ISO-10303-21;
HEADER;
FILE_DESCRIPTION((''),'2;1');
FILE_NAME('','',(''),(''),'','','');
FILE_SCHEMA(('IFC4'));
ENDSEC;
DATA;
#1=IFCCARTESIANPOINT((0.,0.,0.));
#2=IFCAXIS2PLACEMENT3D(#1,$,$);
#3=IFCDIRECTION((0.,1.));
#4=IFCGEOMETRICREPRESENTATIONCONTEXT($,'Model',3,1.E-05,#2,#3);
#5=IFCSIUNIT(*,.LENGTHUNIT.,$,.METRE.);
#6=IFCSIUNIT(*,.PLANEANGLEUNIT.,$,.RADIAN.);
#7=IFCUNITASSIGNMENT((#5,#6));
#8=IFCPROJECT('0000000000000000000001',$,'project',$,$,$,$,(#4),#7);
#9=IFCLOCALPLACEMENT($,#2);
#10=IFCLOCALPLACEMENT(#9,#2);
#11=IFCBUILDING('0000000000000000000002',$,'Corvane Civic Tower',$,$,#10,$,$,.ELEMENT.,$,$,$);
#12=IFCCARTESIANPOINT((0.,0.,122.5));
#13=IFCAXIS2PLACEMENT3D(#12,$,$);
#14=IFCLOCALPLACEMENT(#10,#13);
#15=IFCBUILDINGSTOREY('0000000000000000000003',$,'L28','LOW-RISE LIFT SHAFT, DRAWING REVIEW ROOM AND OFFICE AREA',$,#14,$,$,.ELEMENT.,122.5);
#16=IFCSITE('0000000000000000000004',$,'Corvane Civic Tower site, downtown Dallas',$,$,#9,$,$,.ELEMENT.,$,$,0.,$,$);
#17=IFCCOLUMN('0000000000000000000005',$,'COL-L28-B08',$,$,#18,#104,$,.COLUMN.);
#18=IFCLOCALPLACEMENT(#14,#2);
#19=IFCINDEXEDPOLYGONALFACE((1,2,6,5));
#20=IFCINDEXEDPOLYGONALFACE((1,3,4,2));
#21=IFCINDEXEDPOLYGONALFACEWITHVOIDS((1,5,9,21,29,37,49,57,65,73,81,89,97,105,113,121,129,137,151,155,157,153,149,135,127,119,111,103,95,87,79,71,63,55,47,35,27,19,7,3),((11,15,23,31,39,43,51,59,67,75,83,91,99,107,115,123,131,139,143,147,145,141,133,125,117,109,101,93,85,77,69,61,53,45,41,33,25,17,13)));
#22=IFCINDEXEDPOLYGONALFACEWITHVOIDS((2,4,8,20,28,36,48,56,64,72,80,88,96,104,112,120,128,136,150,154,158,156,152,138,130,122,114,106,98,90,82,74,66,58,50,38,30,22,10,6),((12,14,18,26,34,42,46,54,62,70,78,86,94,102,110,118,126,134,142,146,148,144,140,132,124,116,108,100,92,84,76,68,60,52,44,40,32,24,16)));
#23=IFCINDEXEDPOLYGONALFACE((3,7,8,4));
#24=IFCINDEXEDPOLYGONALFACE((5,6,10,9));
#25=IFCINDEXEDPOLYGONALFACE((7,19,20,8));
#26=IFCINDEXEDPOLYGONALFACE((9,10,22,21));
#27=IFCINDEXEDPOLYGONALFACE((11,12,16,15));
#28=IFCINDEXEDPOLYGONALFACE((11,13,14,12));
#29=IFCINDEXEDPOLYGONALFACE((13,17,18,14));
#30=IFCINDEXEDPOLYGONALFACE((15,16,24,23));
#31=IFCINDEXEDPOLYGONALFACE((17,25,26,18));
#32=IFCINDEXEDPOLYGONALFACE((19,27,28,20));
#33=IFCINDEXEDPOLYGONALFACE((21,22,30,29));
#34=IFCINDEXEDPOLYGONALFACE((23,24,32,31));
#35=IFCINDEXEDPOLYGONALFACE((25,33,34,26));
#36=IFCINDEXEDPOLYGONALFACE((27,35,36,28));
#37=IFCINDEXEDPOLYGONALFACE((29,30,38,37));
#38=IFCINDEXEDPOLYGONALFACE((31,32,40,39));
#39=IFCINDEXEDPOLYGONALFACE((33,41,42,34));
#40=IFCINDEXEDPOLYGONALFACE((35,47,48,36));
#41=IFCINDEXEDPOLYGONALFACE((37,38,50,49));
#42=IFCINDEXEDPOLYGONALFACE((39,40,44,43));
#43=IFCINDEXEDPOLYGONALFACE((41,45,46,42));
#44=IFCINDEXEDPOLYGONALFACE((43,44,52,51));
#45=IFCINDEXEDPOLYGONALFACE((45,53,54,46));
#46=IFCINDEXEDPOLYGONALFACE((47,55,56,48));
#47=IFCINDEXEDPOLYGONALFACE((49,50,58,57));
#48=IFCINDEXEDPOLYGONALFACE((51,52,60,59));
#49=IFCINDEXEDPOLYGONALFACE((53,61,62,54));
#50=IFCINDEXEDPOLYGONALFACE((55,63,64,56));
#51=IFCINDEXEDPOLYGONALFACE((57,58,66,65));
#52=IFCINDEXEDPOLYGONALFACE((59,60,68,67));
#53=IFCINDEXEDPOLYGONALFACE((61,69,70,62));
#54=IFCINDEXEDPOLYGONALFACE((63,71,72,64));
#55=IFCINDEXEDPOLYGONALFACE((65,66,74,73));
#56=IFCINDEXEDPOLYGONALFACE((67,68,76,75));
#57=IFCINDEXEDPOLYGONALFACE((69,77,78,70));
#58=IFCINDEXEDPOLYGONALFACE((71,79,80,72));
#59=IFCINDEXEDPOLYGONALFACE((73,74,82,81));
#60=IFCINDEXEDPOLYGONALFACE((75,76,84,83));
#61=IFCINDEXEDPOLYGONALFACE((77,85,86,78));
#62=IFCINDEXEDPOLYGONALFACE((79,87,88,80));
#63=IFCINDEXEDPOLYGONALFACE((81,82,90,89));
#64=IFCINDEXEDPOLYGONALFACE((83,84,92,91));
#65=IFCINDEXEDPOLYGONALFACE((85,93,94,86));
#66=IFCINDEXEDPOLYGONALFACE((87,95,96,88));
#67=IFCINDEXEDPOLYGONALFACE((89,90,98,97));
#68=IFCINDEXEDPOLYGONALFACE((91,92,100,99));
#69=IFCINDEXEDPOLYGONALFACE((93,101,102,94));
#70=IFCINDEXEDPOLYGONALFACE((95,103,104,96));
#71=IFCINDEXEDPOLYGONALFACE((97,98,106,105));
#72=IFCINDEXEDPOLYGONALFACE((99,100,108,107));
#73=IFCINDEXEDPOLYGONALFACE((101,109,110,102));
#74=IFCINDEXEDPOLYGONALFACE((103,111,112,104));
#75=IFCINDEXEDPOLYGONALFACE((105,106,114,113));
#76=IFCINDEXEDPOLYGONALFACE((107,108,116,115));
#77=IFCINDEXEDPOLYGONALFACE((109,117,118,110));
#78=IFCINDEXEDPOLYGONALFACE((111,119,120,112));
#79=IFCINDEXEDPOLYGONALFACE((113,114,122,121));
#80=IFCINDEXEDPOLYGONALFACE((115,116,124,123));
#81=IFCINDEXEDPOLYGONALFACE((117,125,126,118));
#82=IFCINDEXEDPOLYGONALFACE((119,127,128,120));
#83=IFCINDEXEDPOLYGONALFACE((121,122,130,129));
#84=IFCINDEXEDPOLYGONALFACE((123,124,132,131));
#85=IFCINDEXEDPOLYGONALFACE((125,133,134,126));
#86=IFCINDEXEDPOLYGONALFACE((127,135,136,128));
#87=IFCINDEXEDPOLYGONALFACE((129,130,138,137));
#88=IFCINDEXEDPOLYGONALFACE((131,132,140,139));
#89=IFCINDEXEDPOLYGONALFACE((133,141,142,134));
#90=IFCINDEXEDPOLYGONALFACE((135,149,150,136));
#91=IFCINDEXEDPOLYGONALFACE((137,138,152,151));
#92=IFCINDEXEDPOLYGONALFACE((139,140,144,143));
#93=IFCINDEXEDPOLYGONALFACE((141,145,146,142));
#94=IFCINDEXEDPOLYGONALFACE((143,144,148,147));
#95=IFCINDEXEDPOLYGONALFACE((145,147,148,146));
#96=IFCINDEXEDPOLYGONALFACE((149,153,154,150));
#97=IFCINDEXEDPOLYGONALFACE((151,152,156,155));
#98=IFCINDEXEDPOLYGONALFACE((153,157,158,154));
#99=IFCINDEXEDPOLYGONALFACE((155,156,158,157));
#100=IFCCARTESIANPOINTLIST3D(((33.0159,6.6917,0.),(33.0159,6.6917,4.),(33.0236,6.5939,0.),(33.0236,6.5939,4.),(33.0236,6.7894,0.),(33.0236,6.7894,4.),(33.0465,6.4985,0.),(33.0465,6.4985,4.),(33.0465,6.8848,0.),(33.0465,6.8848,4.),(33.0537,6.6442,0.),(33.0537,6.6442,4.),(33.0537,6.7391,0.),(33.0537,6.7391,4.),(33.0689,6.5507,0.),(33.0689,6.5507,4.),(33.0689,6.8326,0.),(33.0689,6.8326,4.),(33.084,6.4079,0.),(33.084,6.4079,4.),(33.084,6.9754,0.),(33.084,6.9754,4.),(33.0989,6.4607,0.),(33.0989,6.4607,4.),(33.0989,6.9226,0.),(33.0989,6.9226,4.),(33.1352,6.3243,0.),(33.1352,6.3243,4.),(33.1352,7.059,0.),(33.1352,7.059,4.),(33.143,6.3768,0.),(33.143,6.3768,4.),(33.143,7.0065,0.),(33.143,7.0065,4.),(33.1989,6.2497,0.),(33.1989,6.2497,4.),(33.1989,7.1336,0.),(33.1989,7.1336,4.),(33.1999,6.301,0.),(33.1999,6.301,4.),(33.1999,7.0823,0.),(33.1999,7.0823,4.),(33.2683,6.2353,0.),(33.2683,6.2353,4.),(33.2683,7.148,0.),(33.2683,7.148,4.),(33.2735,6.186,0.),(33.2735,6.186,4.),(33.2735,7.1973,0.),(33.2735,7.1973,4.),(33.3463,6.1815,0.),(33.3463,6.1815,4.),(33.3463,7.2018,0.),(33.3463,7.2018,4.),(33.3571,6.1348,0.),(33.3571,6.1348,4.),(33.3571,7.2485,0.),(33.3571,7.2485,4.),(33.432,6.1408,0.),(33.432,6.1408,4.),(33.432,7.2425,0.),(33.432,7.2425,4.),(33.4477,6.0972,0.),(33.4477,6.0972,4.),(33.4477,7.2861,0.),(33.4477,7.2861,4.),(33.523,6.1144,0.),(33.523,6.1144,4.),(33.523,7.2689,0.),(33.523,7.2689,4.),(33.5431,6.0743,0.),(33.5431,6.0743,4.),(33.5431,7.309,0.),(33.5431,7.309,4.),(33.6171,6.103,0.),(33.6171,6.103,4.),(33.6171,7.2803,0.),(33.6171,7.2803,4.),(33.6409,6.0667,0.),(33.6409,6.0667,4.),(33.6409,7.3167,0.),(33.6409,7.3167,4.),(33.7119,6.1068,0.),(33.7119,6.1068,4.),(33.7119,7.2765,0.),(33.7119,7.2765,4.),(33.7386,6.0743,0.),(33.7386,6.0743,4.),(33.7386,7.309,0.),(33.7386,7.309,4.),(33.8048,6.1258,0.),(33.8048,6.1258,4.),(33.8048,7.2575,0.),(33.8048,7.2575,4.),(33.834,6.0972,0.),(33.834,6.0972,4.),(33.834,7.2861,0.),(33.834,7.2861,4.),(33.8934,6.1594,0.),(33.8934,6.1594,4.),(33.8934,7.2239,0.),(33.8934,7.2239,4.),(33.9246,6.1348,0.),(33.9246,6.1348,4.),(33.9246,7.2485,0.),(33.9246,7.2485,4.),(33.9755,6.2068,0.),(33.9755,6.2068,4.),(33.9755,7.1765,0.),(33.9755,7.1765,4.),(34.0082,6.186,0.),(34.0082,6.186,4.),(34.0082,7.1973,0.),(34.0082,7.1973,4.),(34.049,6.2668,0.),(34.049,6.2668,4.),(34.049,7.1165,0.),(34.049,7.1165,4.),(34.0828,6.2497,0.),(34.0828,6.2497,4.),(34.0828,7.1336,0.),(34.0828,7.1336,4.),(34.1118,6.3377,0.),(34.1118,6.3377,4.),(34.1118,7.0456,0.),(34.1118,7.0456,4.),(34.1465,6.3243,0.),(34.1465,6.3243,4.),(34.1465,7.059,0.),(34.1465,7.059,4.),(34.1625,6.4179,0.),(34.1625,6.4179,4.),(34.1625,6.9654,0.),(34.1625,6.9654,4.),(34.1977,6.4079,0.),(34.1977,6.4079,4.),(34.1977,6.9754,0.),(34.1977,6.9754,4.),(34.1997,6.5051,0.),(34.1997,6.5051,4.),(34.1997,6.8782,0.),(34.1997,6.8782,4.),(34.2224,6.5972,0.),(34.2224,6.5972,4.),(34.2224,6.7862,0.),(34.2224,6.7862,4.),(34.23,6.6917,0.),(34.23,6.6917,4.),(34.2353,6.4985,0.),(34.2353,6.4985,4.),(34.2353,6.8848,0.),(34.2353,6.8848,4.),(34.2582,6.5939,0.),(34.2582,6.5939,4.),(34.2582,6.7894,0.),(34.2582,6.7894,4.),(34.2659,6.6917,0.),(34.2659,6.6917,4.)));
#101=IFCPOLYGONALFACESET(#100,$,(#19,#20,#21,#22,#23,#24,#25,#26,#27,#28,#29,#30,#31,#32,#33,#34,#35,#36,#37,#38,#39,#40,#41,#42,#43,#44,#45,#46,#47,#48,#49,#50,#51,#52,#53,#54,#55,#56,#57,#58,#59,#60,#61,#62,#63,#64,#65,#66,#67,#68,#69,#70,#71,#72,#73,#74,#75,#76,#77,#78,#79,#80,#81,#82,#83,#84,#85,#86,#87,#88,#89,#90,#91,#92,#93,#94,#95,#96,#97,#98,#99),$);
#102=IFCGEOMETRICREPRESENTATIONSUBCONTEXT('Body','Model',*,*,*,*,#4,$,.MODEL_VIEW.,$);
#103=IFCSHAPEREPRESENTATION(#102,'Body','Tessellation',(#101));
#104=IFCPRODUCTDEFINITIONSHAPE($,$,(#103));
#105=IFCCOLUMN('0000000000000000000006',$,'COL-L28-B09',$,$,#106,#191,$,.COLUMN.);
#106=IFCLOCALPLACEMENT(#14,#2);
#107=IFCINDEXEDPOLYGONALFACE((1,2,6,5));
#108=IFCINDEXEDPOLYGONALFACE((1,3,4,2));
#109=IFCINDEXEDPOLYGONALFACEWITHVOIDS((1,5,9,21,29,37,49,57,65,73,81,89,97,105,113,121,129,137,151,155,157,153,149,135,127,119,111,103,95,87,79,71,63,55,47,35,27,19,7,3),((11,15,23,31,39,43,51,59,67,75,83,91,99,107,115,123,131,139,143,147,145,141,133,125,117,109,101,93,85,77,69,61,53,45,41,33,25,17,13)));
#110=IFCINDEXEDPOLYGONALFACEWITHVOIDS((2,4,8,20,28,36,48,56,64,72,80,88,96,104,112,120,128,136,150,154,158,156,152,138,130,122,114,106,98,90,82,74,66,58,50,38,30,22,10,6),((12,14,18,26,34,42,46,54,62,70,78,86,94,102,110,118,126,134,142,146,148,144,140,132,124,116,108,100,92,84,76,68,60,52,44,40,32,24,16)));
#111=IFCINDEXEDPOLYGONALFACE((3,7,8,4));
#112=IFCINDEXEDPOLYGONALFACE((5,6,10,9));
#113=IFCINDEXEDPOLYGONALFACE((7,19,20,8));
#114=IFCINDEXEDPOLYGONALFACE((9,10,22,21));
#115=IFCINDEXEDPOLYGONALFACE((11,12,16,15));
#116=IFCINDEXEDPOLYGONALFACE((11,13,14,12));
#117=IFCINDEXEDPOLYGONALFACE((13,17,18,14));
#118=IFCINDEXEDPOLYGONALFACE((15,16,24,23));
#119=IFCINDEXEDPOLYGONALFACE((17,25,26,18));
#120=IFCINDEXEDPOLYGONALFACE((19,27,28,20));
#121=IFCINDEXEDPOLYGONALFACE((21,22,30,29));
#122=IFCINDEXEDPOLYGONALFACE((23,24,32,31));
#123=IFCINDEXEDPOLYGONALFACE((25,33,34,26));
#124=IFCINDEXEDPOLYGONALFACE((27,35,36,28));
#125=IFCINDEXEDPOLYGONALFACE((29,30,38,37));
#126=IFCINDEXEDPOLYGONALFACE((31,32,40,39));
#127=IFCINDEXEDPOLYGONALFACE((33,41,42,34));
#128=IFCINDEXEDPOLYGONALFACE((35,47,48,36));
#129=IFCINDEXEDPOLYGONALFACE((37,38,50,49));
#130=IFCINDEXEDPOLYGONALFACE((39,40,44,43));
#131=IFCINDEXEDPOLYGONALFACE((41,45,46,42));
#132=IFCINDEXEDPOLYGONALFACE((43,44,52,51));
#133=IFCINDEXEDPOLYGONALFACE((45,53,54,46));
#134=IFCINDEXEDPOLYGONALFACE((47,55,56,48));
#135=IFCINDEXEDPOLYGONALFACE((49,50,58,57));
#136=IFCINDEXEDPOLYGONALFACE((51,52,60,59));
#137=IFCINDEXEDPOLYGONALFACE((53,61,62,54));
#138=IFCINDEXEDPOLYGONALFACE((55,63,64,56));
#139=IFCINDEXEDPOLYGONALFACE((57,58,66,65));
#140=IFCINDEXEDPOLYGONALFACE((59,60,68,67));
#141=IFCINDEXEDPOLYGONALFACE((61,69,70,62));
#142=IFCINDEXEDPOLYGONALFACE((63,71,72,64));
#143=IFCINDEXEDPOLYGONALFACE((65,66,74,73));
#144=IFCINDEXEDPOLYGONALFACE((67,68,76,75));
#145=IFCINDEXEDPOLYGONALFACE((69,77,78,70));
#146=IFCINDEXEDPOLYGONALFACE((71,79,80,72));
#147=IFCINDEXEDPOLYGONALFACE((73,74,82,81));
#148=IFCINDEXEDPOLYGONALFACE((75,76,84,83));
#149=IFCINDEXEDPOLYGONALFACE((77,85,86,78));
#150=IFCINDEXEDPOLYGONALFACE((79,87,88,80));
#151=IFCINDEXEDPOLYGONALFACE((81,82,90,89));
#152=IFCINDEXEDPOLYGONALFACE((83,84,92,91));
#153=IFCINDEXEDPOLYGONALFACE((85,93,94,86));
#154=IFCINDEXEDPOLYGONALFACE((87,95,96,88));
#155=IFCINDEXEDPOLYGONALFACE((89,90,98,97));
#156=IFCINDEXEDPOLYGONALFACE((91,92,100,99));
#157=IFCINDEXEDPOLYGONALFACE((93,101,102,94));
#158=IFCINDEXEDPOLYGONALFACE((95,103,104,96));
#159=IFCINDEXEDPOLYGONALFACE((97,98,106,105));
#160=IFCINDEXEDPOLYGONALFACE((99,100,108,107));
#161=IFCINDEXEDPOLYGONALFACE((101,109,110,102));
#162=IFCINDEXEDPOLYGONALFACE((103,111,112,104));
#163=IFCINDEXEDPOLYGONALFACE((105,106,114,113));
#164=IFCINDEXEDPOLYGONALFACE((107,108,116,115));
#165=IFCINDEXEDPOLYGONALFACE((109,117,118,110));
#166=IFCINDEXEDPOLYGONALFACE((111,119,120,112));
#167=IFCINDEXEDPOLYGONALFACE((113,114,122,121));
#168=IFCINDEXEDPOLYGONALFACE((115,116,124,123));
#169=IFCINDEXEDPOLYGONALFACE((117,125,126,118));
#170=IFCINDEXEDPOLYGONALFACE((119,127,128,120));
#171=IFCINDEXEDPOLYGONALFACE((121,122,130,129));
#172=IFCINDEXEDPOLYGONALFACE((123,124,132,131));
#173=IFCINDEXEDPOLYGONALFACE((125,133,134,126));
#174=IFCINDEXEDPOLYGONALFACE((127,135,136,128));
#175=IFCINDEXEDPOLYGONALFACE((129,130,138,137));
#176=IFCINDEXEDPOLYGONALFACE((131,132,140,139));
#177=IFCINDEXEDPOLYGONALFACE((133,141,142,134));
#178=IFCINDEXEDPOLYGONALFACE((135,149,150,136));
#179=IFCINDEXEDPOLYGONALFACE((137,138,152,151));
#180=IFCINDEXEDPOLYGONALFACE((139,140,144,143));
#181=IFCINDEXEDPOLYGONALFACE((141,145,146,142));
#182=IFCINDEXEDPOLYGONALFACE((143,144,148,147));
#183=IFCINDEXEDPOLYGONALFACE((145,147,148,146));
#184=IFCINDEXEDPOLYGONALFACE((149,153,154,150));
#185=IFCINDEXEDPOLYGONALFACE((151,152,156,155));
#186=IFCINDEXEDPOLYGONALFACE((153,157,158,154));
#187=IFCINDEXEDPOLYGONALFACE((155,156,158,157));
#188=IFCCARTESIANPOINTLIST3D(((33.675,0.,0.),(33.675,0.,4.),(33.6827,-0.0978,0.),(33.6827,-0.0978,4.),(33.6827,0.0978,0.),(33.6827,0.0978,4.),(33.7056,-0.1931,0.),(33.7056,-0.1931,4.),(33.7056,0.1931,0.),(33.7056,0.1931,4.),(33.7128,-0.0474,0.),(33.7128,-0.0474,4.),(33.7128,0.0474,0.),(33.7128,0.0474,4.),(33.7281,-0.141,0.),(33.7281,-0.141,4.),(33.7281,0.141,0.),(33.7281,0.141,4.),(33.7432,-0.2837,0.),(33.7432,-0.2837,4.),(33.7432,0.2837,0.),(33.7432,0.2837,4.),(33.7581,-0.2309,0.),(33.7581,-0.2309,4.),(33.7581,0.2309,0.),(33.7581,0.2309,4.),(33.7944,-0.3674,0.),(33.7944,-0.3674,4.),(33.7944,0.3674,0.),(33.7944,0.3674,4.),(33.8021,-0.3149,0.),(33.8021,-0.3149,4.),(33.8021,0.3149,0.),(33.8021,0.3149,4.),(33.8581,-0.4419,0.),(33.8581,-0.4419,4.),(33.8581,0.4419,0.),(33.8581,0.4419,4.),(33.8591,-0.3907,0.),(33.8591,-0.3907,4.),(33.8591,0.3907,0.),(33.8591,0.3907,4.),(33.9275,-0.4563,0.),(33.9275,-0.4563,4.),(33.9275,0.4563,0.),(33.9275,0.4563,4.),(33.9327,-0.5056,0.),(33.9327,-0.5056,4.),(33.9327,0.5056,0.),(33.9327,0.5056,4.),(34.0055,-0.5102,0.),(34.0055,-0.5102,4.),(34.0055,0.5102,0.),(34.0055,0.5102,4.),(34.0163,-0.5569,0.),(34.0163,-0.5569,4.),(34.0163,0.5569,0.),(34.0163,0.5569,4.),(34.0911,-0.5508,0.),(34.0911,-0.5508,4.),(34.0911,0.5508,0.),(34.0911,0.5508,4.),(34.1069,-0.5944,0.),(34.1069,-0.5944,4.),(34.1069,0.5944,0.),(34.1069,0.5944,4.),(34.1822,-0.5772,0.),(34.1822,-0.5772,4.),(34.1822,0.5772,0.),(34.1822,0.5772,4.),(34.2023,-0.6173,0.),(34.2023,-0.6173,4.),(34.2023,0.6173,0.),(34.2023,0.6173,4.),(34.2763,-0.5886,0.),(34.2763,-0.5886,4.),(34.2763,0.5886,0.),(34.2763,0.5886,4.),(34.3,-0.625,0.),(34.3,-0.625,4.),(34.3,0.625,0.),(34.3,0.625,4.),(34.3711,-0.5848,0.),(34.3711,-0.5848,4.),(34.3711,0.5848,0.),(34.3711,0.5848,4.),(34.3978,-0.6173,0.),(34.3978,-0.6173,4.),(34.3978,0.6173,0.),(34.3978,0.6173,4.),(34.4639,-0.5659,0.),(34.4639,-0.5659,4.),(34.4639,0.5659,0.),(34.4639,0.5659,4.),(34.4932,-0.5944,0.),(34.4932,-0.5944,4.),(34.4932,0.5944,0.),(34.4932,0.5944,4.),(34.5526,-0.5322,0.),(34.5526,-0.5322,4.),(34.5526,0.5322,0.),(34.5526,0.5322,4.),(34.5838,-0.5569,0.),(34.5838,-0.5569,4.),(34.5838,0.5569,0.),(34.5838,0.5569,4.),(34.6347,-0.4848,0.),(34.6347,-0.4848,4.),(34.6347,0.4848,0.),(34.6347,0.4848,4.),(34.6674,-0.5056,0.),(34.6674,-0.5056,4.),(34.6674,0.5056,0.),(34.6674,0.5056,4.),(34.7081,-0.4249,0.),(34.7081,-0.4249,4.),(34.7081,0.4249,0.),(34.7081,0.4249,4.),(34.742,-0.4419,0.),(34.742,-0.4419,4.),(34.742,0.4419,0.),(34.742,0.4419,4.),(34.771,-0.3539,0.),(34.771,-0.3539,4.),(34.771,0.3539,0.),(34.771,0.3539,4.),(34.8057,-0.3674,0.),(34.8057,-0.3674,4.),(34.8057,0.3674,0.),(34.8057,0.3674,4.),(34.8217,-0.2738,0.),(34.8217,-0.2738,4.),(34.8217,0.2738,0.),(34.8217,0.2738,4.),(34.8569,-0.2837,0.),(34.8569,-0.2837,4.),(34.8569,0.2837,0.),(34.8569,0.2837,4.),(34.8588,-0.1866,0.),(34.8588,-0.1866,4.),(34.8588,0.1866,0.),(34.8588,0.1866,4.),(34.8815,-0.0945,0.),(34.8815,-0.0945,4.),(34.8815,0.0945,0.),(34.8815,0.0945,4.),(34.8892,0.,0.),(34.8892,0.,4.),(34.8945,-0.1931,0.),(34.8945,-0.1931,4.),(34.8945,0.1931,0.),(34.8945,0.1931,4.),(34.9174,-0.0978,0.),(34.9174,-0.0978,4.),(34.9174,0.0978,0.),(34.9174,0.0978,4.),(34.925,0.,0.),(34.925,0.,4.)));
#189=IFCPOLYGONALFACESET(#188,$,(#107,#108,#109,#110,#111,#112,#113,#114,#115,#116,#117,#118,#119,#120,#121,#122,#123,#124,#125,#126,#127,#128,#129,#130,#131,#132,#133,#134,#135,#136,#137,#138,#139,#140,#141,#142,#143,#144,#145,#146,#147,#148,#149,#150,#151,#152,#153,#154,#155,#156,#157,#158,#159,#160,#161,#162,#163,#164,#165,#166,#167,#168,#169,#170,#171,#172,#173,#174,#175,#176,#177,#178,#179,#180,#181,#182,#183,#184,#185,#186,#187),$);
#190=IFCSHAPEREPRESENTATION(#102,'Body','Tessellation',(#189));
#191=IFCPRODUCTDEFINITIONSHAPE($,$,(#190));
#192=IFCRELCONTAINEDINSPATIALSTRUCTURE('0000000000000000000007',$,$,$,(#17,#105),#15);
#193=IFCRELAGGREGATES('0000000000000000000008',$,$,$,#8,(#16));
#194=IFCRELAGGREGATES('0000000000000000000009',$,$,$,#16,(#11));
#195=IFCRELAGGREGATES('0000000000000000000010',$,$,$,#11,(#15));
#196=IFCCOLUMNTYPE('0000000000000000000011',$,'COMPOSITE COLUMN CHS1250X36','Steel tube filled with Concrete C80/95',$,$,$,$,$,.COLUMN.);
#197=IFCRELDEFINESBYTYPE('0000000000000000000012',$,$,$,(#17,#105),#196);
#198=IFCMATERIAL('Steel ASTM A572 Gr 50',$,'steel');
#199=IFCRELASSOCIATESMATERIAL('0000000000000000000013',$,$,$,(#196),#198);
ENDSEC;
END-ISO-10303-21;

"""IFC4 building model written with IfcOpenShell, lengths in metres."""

from ifc_helpers import new_model, si_unit, direction, frame, origin, origin_2d, place, context, subcontext, project, spatial, hollow_circle, extrude, material, material_profile, profile_set, type_object, element, save


model = new_model("IFC4")

# Units and contexts
model_context = context("Model", 3, precision=1e-05, world=origin(), true_north=direction((0.0, 1.0)))
body_context = subcontext(model_context, "Body", "Model", "MODEL_VIEW")
ifc_project = project(units=[si_unit("LENGTHUNIT", "METRE"), si_unit("PLANEANGLEUNIT", "RADIAN")], contexts=[model_context])

# Site, building, storey
site_placement = place(None, origin())
site = spatial("IfcSite", under=ifc_project, at=site_placement, Name="Corvane Civic Tower site, downtown Dallas", CompositionType="ELEMENT", RefElevation=0.0)
building_placement = place(site_placement, origin())
building = spatial("IfcBuilding", under=site, at=building_placement, Name="Corvane Civic Tower", CompositionType="ELEMENT")
storey_placement = place(building_placement, frame((0.0, 0.0, 122.5)))
storey = spatial("IfcBuildingStorey", under=building, at=storey_placement, Name="L28", Description="LOW-RISE LIFT SHAFT, DRAWING REVIEW ROOM AND OFFICE AREA", CompositionType="ELEMENT", Elevation=122.5)

# Columns
ifc_material_1 = material(Name="Steel ASTM A572 Gr 50", Category="steel")
ifc_material_profile_1 = material_profile(ifc_material_1, hollow_circle(Radius=0.625, WallThickness=0.0359, at=origin_2d()), Name="CHS1250X36")
ifc_profile_set_1 = profile_set([ifc_material_profile_1], Name="Steel ASTM A572 Gr 50")
column_type = type_object("IfcColumnType", Name="COMPOSITE COLUMN CHS1250X36", Description="Steel tube filled with Concrete C80/95", PredefinedType="COLUMN", material=ifc_profile_set_1)
for number, where, z_axis, x_axis, name in (
    (1, (33.6409, 6.6917, 0.0), (0.0, 0.0, 1.0), (1.0, 0.0, 0.0), "COL-L28-B08"),
    (2, (34.3, 0.0, 0.0), (0.0, 0.0, 1.0), (1.0, 0.0, 0.0), "COL-L28-B09"),
):
    element("IfcColumn", number, at=place(storey_placement, frame(where, z_axis=z_axis, x_axis=x_axis)), inside=storey, type_object=column_type, Name=name, PredefinedType="COLUMN", context=body_context, shape_type="SweptSolid", body=[
        extrude(hollow_circle(Radius=0.625, WallThickness=0.0359, at=origin_2d()), origin(), (0.0, 0.0, 1.0), 4.0),
    ])

save(model, "model.ifc")
